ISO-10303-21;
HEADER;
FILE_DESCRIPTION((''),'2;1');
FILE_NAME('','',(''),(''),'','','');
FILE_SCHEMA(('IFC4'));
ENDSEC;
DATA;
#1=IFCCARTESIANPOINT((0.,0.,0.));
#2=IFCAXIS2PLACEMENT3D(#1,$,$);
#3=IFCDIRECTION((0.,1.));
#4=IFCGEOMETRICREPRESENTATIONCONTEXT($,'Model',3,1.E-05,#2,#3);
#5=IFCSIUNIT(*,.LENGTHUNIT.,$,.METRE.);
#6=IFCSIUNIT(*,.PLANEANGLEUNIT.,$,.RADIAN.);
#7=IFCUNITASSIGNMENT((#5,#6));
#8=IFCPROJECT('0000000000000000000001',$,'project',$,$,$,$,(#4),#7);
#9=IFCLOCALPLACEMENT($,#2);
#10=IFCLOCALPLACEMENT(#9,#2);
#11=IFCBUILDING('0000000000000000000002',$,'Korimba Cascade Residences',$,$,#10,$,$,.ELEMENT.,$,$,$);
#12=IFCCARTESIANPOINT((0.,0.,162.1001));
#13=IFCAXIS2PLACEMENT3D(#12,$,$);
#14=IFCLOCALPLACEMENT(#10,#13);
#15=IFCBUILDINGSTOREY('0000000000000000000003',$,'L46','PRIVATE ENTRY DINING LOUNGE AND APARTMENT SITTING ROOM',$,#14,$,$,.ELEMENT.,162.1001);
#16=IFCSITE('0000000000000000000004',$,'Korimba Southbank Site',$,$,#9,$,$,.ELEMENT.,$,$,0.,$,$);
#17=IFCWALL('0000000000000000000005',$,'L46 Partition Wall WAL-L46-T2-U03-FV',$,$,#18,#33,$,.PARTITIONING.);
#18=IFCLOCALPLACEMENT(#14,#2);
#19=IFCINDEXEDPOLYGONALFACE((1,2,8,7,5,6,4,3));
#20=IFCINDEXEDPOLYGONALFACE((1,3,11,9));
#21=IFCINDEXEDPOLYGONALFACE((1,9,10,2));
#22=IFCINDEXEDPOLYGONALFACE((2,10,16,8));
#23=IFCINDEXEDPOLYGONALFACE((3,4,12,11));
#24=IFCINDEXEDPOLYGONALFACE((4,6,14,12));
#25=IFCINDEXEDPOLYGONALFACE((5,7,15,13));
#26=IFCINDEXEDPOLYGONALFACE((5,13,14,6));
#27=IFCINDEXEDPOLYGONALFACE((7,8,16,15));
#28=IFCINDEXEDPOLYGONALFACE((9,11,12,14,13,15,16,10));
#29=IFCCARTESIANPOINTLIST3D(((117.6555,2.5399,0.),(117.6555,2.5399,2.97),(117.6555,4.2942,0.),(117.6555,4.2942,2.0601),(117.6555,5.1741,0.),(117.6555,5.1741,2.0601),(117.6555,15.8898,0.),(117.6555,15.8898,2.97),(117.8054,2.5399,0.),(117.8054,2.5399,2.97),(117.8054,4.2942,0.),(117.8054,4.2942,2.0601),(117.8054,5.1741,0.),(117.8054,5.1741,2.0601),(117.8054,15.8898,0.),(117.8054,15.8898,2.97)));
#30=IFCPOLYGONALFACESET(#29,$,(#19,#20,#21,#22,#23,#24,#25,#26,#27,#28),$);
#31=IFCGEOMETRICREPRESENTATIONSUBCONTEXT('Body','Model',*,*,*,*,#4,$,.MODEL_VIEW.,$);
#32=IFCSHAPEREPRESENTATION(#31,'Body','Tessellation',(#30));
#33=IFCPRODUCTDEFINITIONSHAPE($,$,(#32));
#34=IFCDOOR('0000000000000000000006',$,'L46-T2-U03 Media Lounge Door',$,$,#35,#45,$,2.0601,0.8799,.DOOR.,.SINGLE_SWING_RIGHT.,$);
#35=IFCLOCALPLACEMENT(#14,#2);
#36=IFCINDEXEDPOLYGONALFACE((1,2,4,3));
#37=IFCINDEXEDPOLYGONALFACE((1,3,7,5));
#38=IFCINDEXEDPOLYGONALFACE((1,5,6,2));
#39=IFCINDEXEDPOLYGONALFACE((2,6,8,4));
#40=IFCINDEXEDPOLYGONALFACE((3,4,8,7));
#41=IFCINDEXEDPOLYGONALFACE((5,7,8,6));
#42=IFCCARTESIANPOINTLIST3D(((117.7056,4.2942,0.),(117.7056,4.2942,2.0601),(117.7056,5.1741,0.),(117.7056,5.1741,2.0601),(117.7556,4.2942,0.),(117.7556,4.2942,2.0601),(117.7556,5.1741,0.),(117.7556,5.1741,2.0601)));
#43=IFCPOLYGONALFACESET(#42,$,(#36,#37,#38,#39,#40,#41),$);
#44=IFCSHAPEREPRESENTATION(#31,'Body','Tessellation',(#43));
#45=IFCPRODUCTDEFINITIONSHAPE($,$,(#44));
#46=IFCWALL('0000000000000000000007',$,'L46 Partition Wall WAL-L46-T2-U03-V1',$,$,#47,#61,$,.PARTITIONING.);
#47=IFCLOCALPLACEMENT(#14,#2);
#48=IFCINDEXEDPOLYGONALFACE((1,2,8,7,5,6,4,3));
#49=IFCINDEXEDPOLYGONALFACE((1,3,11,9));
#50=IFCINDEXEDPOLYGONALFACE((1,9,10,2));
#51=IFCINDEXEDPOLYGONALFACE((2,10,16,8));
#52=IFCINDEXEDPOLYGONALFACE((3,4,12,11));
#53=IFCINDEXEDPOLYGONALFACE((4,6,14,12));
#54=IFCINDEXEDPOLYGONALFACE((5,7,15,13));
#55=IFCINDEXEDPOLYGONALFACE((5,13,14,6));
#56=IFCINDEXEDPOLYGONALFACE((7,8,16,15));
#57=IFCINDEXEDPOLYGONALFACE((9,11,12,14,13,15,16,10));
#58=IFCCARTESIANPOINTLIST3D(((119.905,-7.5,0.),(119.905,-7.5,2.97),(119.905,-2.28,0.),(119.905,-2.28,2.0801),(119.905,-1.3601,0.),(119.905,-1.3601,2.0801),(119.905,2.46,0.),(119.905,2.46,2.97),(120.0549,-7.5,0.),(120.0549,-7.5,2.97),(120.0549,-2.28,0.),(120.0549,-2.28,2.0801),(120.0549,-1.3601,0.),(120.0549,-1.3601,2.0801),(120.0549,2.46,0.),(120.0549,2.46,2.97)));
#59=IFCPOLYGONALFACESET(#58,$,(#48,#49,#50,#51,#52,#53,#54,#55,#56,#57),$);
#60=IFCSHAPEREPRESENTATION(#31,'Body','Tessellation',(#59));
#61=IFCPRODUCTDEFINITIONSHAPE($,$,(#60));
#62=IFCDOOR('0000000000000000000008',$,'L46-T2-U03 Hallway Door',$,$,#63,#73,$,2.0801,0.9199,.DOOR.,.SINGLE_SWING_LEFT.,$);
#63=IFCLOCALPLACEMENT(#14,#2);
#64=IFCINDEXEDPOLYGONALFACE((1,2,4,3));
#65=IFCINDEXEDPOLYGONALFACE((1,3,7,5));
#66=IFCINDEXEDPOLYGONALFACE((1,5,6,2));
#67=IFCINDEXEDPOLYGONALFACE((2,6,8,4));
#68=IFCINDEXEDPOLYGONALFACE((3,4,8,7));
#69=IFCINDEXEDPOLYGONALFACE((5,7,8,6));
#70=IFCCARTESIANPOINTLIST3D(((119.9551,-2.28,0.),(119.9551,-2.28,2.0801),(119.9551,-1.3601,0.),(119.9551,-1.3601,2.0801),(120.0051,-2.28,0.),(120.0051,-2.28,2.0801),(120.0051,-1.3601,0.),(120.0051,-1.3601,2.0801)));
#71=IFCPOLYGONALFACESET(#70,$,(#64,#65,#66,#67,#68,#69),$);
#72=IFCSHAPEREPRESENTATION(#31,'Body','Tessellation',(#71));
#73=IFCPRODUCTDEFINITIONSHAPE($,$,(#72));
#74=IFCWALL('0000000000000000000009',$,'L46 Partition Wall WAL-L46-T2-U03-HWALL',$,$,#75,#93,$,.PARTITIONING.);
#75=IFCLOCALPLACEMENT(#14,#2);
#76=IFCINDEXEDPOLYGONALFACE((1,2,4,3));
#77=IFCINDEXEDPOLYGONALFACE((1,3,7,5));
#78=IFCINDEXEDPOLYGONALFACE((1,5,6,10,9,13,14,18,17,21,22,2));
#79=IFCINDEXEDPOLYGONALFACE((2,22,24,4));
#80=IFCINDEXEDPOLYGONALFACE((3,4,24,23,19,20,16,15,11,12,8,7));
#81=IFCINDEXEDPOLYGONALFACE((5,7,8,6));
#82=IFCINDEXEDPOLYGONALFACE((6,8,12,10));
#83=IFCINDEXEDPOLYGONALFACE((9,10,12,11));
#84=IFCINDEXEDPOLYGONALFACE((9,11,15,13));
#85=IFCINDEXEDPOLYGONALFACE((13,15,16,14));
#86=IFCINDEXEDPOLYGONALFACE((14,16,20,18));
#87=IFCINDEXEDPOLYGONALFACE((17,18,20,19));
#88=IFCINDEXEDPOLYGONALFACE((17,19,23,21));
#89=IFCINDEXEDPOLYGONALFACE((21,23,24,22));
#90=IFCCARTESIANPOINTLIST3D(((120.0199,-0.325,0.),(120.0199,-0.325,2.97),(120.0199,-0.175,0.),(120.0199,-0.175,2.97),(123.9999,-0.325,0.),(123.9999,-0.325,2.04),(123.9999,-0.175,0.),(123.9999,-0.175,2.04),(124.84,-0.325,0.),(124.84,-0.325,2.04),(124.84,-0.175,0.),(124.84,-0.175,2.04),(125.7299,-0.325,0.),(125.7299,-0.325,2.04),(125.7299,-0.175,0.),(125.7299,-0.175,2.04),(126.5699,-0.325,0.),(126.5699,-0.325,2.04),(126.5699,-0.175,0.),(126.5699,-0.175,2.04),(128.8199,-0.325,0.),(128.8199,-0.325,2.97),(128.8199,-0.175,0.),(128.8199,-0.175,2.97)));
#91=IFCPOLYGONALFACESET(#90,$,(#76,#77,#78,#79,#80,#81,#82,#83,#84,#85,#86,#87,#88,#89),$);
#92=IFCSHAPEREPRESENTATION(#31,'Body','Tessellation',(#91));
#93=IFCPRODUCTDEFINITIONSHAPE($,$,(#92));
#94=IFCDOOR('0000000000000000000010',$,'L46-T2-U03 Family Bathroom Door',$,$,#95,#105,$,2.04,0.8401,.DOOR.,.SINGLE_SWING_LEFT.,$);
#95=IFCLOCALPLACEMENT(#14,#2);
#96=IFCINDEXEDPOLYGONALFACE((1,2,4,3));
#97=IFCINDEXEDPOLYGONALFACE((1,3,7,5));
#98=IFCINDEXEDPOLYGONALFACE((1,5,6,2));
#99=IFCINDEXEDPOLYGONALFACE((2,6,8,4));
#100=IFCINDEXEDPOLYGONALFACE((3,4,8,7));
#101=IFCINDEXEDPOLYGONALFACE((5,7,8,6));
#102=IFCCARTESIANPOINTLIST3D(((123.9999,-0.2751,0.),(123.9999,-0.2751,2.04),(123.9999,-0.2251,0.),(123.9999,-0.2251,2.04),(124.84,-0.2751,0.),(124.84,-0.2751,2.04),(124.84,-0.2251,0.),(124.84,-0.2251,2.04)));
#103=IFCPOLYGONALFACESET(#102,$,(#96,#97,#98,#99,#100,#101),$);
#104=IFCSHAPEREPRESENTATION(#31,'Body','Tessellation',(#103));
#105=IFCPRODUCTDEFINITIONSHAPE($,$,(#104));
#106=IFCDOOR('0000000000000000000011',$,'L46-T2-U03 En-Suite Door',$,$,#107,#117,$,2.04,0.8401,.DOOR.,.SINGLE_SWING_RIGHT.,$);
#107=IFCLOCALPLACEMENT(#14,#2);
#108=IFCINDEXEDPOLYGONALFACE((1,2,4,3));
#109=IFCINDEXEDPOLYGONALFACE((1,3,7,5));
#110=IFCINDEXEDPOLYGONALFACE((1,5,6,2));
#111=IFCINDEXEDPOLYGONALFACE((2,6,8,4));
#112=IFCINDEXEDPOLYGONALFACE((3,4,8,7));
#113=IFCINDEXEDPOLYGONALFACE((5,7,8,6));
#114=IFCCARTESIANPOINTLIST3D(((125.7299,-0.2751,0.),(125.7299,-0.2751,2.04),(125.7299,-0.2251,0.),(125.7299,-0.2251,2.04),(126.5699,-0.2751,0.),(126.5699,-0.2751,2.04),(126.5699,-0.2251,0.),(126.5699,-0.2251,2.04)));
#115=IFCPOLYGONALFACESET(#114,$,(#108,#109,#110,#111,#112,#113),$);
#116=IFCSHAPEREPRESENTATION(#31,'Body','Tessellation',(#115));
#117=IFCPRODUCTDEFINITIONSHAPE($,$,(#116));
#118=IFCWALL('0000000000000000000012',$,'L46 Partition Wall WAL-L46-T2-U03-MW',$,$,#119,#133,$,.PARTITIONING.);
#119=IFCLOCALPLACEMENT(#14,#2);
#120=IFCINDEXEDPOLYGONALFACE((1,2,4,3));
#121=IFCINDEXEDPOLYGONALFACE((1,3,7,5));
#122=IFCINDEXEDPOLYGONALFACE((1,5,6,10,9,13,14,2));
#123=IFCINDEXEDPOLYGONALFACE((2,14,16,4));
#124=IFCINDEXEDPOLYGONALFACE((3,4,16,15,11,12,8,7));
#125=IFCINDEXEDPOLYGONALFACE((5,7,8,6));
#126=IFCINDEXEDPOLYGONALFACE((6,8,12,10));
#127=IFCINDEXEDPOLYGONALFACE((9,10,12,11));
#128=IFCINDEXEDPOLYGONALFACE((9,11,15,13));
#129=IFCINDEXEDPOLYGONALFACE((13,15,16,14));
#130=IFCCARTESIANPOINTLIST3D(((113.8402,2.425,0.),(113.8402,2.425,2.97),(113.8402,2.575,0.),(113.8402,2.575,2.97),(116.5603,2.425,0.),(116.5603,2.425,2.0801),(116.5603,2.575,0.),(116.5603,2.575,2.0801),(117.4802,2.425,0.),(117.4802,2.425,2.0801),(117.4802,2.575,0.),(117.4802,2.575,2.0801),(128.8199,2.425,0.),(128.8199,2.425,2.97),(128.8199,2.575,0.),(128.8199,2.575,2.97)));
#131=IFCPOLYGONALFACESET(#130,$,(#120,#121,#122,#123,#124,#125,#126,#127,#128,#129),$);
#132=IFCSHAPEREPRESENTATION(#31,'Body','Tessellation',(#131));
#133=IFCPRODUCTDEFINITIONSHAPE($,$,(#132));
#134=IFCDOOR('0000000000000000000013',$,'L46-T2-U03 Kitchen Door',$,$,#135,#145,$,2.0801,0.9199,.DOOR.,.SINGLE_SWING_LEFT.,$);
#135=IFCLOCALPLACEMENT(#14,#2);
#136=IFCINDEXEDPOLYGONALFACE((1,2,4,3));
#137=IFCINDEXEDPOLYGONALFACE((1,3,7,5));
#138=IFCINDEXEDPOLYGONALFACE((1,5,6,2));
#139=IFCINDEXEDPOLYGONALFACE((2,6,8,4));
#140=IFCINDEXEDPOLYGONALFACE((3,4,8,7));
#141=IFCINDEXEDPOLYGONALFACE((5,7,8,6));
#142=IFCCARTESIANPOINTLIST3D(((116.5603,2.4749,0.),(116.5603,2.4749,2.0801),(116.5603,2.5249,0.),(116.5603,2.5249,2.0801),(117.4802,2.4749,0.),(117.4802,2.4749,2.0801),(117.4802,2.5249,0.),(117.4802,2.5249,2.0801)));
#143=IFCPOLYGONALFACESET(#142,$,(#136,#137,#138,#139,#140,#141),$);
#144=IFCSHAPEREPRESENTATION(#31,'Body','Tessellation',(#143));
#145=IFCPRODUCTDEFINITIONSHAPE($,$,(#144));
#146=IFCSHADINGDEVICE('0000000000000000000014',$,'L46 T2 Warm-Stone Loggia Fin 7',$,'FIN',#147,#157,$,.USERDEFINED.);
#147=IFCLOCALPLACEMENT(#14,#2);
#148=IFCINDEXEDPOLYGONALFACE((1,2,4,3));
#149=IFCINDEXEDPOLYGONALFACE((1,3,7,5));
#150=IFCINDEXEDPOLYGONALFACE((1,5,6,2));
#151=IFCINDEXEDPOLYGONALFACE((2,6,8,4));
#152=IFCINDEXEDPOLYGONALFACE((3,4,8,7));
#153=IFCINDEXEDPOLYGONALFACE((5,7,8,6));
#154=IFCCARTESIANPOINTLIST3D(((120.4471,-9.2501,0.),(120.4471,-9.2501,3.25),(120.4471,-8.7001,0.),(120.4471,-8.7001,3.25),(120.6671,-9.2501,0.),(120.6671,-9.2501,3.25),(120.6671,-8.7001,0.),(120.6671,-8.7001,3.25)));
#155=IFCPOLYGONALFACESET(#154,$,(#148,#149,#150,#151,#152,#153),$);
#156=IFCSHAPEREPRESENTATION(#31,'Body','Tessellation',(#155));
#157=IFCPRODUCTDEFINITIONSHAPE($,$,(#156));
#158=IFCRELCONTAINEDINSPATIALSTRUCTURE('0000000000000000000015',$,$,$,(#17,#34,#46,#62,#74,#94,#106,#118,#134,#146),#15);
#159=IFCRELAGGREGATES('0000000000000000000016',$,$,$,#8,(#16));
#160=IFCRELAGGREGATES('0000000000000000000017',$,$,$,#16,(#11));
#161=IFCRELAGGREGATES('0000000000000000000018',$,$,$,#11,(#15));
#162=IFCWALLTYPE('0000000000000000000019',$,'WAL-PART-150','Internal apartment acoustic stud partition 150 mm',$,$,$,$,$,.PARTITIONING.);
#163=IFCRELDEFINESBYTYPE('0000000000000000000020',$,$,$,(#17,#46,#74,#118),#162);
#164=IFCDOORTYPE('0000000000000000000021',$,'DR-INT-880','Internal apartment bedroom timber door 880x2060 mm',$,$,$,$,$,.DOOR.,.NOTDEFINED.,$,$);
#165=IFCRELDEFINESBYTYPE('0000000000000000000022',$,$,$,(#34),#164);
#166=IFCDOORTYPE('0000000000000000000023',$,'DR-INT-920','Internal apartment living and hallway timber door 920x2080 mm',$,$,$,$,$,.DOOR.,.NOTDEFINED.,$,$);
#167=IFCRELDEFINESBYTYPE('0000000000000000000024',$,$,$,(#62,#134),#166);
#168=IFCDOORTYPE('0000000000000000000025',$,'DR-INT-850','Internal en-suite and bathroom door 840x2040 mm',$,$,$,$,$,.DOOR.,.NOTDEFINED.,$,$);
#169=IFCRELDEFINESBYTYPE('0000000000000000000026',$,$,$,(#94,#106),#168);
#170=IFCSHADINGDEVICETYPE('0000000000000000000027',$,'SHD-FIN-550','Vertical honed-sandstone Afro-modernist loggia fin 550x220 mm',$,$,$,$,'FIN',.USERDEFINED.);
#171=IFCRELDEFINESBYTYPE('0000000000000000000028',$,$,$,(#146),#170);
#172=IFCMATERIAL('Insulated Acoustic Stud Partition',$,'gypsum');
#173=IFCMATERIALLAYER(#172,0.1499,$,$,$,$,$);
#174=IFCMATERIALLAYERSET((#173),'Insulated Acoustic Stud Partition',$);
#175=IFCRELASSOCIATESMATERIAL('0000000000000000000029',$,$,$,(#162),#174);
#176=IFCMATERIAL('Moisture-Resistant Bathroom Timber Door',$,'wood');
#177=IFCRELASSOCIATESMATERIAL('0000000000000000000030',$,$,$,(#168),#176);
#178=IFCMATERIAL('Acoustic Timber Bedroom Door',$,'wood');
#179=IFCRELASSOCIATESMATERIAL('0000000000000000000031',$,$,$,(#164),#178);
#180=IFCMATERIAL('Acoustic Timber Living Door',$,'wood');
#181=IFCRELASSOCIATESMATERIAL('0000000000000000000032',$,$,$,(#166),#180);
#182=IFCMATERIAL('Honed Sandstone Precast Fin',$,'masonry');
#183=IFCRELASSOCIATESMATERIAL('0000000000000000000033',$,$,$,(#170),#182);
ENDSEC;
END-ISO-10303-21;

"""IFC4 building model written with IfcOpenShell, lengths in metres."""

from ifc_helpers import new_model, si_unit, direction, frame, frame_2d, origin, origin_2d, place, context, subcontext, project, spatial, rectangle, extrude, material, layer, layer_set, type_object, element, fill, save


model = new_model("IFC4")

# Units and contexts
model_context = context("Model", 3, precision=1e-05, world=origin(), true_north=direction((0.0, 1.0)))
body_context = subcontext(model_context, "Body", "Model", "MODEL_VIEW")
ifc_project = project(units=[si_unit("LENGTHUNIT", "METRE"), si_unit("PLANEANGLEUNIT", "RADIAN")], contexts=[model_context])

# Site, building, storey
site_placement = place(None, origin())
site = spatial("IfcSite", under=ifc_project, at=site_placement, Name="Korimba Southbank Site", CompositionType="ELEMENT", RefElevation=0.0)
building_placement = place(site_placement, origin())
building = spatial("IfcBuilding", under=site, at=building_placement, Name="Korimba Cascade Residences", CompositionType="ELEMENT")
storey_placement = place(building_placement, frame((0.0, 0.0, 162.1001)))
storey = spatial("IfcBuildingStorey", under=building, at=storey_placement, Name="L46", Description="PRIVATE ENTRY DINING LOUNGE AND APARTMENT SITTING ROOM", CompositionType="ELEMENT", Elevation=162.1001)

# Walls, openings, doors
ifc_material_1 = material(Name="Insulated Acoustic Stud Partition", Category="gypsum")
ifc_layer = layer(ifc_material_1, 0.1499)
ifc_layer_set = layer_set([ifc_layer], Name="Insulated Acoustic Stud Partition")
wall_type = type_object("IfcWallType", Name="WAL-PART-150", Description="Internal apartment acoustic stud partition 150 mm", PredefinedType="PARTITIONING", material=ifc_layer_set)
ifc_material_2 = material(Name="Moisture-Resistant Bathroom Timber Door", Category="wood")
door_type_1 = type_object("IfcDoorType", Name="DR-INT-850", Description="Internal en-suite and bathroom door 840x2040 mm", OperationType="NOTDEFINED", PredefinedType="DOOR", material=ifc_material_2)
wall_1_placement = place(storey_placement, frame((117.7305, 2.54, 0.0), z_axis=(0.0, 0.0, 1.0), x_axis=(0.0, 1.0, 0.0)))
wall_1 = element("IfcWall", 1, at=wall_1_placement, inside=storey, type_object=wall_type, Name="L46 Partition Wall WAL-L46-T2-U03-FV", PredefinedType="PARTITIONING", context=body_context, shape_type="SweptSolid", body=[
    extrude(rectangle(XDim=13.3499, YDim=0.1499, at=frame_2d((6.6748, 0.0))), origin(), (0.0, 0.0, 1.0), 2.97),
])
opening_1_placement = place(wall_1_placement, frame((1.7542, 0.0, 0.0)))
opening_1 = element("IfcOpeningElement", 2, at=opening_1_placement, cuts=wall_1, PredefinedType="OPENING", context=body_context, shape_type="SweptSolid", body=[
    extrude(rectangle(XDim=0.8799, YDim=2.0601, at=frame_2d((0.4399, 1.03))), frame((0.0, 0.085, 0.0), z_axis=(0.0, -1.0, 0.0), x_axis=(1.0, 0.0, 0.0)), (0.0, 0.0, 1.0), 0.1699),
])
ifc_material_3 = material(Name="Acoustic Timber Bedroom Door", Category="wood")
door_type_2 = type_object("IfcDoorType", Name="DR-INT-880", Description="Internal apartment bedroom timber door 880x2060 mm", OperationType="NOTDEFINED", PredefinedType="DOOR", material=ifc_material_3)
door_1_placement = place(opening_1_placement, origin())
door_1 = element("IfcDoor", 3, at=door_1_placement, inside=storey, type_object=door_type_2, Name="L46-T2-U03 Media Lounge Door", OperationType="SINGLE_SWING_RIGHT", OverallHeight=2.0601, OverallWidth=0.8799, PredefinedType="DOOR", context=body_context, shape_type="SweptSolid", body=[
    extrude(rectangle(XDim=0.8799, YDim=2.0601, at=frame_2d((0.4399, 1.03))), frame((0.0, 0.0249, 0.0), z_axis=(0.0, -1.0, 0.0), x_axis=(1.0, 0.0, 0.0)), (0.0, 0.0, 1.0), 0.05),
])
fill(opening_1, door_1)
wall_2_placement = place(storey_placement, frame((119.98, -7.5, 0.0), z_axis=(0.0, 0.0, 1.0), x_axis=(0.0, 1.0, 0.0)))
wall_2 = element("IfcWall", 4, at=wall_2_placement, inside=storey, type_object=wall_type, Name="L46 Partition Wall WAL-L46-T2-U03-V1", PredefinedType="PARTITIONING", context=body_context, shape_type="SweptSolid", body=[
    extrude(rectangle(XDim=9.96, YDim=0.1499, at=frame_2d((4.98, 0.0))), origin(), (0.0, 0.0, 1.0), 2.97),
])
opening_2_placement = place(wall_2_placement, frame((5.22, 0.0, 0.0)))
opening_2 = element("IfcOpeningElement", 5, at=opening_2_placement, cuts=wall_2, PredefinedType="OPENING", context=body_context, shape_type="SweptSolid", body=[
    extrude(rectangle(XDim=0.9199, YDim=2.0801, at=frame_2d((0.46, 1.04))), frame((0.0, 0.085, 0.0), z_axis=(0.0, -1.0, 0.0), x_axis=(1.0, 0.0, 0.0)), (0.0, 0.0, 1.0), 0.1699),
])
ifc_material_4 = material(Name="Acoustic Timber Living Door", Category="wood")
door_type_3 = type_object("IfcDoorType", Name="DR-INT-920", Description="Internal apartment living and hallway timber door 920x2080 mm", OperationType="NOTDEFINED", PredefinedType="DOOR", material=ifc_material_4)
door_2_placement = place(opening_2_placement, origin())
door_2 = element("IfcDoor", 6, at=door_2_placement, inside=storey, type_object=door_type_3, Name="L46-T2-U03 Hallway Door", OperationType="SINGLE_SWING_LEFT", OverallHeight=2.0801, OverallWidth=0.9199, PredefinedType="DOOR", context=body_context, shape_type="SweptSolid", body=[
    extrude(rectangle(XDim=0.9199, YDim=2.0801, at=frame_2d((0.46, 1.04))), frame((0.0, 0.0249, 0.0), z_axis=(0.0, -1.0, 0.0), x_axis=(1.0, 0.0, 0.0)), (0.0, 0.0, 1.0), 0.05),
])
fill(opening_2, door_2)

# Wall, openings, doors
wall_3_placement = place(storey_placement, frame((120.02, -0.25, 0.0), z_axis=(0.0, 0.0, 1.0), x_axis=(1.0, 0.0, 0.0)))
wall_3 = element("IfcWall", 7, at=wall_3_placement, inside=storey, type_object=wall_type, Name="L46 Partition Wall WAL-L46-T2-U03-HWALL", PredefinedType="PARTITIONING", context=body_context, shape_type="SweptSolid", body=[
    extrude(rectangle(XDim=8.8, YDim=0.1499, at=frame_2d((4.3999, 0.0))), origin(), (0.0, 0.0, 1.0), 2.97),
])
opening_3_placement = place(wall_3_placement, frame((3.98, 0.0, 0.0)))
opening_3 = element("IfcOpeningElement", 8, at=opening_3_placement, cuts=wall_3, PredefinedType="OPENING", context=body_context, shape_type="SweptSolid", body=[
    extrude(rectangle(XDim=0.8401, YDim=2.04, at=frame_2d((0.4199, 1.02))), frame((0.0, 0.085, 0.0), z_axis=(0.0, -1.0, 0.0), x_axis=(1.0, 0.0, 0.0)), (0.0, 0.0, 1.0), 0.1699),
])
opening_4_placement = place(wall_3_placement, frame((5.71, 0.0, 0.0)))
opening_4 = element("IfcOpeningElement", 9, at=opening_4_placement, cuts=wall_3, PredefinedType="OPENING", context=body_context, shape_type="SweptSolid", body=[
    extrude(rectangle(XDim=0.8401, YDim=2.04, at=frame_2d((0.4199, 1.02))), frame((0.0, 0.085, 0.0), z_axis=(0.0, -1.0, 0.0), x_axis=(1.0, 0.0, 0.0)), (0.0, 0.0, 1.0), 0.1699),
])
door_3_placement = place(opening_3_placement, origin())
door_3 = element("IfcDoor", 10, at=door_3_placement, inside=storey, type_object=door_type_1, Name="L46-T2-U03 Family Bathroom Door", OperationType="SINGLE_SWING_LEFT", OverallHeight=2.04, OverallWidth=0.8401, PredefinedType="DOOR", context=body_context, shape_type="SweptSolid", body=[
    extrude(rectangle(XDim=0.8401, YDim=2.04, at=frame_2d((0.4199, 1.02))), frame((0.0, 0.0249, 0.0), z_axis=(0.0, -1.0, 0.0), x_axis=(1.0, 0.0, 0.0)), (0.0, 0.0, 1.0), 0.05),
])
fill(opening_3, door_3)
door_4_placement = place(opening_4_placement, origin())
door_4 = element("IfcDoor", 11, at=door_4_placement, inside=storey, type_object=door_type_1, Name="L46-T2-U03 En-Suite Door", OperationType="SINGLE_SWING_RIGHT", OverallHeight=2.04, OverallWidth=0.8401, PredefinedType="DOOR", context=body_context, shape_type="SweptSolid", body=[
    extrude(rectangle(XDim=0.8401, YDim=2.04, at=frame_2d((0.4199, 1.02))), frame((0.0, 0.0249, 0.0), z_axis=(0.0, -1.0, 0.0), x_axis=(1.0, 0.0, 0.0)), (0.0, 0.0, 1.0), 0.05),
])
fill(opening_4, door_4)

# Wall, opening, door
wall_4_placement = place(storey_placement, frame((113.8403, 2.5, 0.0), z_axis=(0.0, 0.0, 1.0), x_axis=(1.0, 0.0, 0.0)))
wall_4 = element("IfcWall", 12, at=wall_4_placement, inside=storey, type_object=wall_type, Name="L46 Partition Wall WAL-L46-T2-U03-MW", PredefinedType="PARTITIONING", context=body_context, shape_type="SweptSolid", body=[
    extrude(rectangle(XDim=14.9797, YDim=0.1499, at=frame_2d((7.4897, 0.0))), origin(), (0.0, 0.0, 1.0), 2.97),
])
opening_5_placement = place(wall_4_placement, frame((2.72, 0.0, 0.0)))
opening_5 = element("IfcOpeningElement", 13, at=opening_5_placement, cuts=wall_4, PredefinedType="OPENING", context=body_context, shape_type="SweptSolid", body=[
    extrude(rectangle(XDim=0.9199, YDim=2.0801, at=frame_2d((0.46, 1.04))), frame((0.0, 0.085, 0.0), z_axis=(0.0, -1.0, 0.0), x_axis=(1.0, 0.0, 0.0)), (0.0, 0.0, 1.0), 0.1699),
])
door_5_placement = place(opening_5_placement, origin())
door_5 = element("IfcDoor", 14, at=door_5_placement, inside=storey, type_object=door_type_3, Name="L46-T2-U03 Kitchen Door", OperationType="SINGLE_SWING_LEFT", OverallHeight=2.0801, OverallWidth=0.9199, PredefinedType="DOOR", context=body_context, shape_type="SweptSolid", body=[
    extrude(rectangle(XDim=0.9199, YDim=2.0801, at=frame_2d((0.46, 1.04))), frame((0.0, 0.0249, 0.0), z_axis=(0.0, -1.0, 0.0), x_axis=(1.0, 0.0, 0.0)), (0.0, 0.0, 1.0), 0.05),
])
fill(opening_5, door_5)

# Shading device
ifc_material_5 = material(Name="Honed Sandstone Precast Fin", Category="masonry")
shading_device_type = type_object("IfcShadingDeviceType", Name="SHD-FIN-550", Description="Vertical honed-sandstone Afro-modernist loggia fin 550x220 mm", ElementType="FIN", PredefinedType="USERDEFINED", material=ifc_material_5)
shading_device_placement = place(storey_placement, frame((120.5571, -8.9751, 0.0), z_axis=(0.0, 0.0, 1.0), x_axis=(1.0, 0.0, 0.0)))
element("IfcShadingDevice", 15, at=shading_device_placement, inside=storey, type_object=shading_device_type, Name="L46 T2 Warm-Stone Loggia Fin 7", ObjectType="FIN", PredefinedType="USERDEFINED", context=body_context, shape_type="SweptSolid", body=[
    extrude(rectangle(XDim=0.22, YDim=0.55, at=origin_2d()), origin(), (0.0, 0.0, 1.0), 3.25),
])

save(model, "model.ifc")
